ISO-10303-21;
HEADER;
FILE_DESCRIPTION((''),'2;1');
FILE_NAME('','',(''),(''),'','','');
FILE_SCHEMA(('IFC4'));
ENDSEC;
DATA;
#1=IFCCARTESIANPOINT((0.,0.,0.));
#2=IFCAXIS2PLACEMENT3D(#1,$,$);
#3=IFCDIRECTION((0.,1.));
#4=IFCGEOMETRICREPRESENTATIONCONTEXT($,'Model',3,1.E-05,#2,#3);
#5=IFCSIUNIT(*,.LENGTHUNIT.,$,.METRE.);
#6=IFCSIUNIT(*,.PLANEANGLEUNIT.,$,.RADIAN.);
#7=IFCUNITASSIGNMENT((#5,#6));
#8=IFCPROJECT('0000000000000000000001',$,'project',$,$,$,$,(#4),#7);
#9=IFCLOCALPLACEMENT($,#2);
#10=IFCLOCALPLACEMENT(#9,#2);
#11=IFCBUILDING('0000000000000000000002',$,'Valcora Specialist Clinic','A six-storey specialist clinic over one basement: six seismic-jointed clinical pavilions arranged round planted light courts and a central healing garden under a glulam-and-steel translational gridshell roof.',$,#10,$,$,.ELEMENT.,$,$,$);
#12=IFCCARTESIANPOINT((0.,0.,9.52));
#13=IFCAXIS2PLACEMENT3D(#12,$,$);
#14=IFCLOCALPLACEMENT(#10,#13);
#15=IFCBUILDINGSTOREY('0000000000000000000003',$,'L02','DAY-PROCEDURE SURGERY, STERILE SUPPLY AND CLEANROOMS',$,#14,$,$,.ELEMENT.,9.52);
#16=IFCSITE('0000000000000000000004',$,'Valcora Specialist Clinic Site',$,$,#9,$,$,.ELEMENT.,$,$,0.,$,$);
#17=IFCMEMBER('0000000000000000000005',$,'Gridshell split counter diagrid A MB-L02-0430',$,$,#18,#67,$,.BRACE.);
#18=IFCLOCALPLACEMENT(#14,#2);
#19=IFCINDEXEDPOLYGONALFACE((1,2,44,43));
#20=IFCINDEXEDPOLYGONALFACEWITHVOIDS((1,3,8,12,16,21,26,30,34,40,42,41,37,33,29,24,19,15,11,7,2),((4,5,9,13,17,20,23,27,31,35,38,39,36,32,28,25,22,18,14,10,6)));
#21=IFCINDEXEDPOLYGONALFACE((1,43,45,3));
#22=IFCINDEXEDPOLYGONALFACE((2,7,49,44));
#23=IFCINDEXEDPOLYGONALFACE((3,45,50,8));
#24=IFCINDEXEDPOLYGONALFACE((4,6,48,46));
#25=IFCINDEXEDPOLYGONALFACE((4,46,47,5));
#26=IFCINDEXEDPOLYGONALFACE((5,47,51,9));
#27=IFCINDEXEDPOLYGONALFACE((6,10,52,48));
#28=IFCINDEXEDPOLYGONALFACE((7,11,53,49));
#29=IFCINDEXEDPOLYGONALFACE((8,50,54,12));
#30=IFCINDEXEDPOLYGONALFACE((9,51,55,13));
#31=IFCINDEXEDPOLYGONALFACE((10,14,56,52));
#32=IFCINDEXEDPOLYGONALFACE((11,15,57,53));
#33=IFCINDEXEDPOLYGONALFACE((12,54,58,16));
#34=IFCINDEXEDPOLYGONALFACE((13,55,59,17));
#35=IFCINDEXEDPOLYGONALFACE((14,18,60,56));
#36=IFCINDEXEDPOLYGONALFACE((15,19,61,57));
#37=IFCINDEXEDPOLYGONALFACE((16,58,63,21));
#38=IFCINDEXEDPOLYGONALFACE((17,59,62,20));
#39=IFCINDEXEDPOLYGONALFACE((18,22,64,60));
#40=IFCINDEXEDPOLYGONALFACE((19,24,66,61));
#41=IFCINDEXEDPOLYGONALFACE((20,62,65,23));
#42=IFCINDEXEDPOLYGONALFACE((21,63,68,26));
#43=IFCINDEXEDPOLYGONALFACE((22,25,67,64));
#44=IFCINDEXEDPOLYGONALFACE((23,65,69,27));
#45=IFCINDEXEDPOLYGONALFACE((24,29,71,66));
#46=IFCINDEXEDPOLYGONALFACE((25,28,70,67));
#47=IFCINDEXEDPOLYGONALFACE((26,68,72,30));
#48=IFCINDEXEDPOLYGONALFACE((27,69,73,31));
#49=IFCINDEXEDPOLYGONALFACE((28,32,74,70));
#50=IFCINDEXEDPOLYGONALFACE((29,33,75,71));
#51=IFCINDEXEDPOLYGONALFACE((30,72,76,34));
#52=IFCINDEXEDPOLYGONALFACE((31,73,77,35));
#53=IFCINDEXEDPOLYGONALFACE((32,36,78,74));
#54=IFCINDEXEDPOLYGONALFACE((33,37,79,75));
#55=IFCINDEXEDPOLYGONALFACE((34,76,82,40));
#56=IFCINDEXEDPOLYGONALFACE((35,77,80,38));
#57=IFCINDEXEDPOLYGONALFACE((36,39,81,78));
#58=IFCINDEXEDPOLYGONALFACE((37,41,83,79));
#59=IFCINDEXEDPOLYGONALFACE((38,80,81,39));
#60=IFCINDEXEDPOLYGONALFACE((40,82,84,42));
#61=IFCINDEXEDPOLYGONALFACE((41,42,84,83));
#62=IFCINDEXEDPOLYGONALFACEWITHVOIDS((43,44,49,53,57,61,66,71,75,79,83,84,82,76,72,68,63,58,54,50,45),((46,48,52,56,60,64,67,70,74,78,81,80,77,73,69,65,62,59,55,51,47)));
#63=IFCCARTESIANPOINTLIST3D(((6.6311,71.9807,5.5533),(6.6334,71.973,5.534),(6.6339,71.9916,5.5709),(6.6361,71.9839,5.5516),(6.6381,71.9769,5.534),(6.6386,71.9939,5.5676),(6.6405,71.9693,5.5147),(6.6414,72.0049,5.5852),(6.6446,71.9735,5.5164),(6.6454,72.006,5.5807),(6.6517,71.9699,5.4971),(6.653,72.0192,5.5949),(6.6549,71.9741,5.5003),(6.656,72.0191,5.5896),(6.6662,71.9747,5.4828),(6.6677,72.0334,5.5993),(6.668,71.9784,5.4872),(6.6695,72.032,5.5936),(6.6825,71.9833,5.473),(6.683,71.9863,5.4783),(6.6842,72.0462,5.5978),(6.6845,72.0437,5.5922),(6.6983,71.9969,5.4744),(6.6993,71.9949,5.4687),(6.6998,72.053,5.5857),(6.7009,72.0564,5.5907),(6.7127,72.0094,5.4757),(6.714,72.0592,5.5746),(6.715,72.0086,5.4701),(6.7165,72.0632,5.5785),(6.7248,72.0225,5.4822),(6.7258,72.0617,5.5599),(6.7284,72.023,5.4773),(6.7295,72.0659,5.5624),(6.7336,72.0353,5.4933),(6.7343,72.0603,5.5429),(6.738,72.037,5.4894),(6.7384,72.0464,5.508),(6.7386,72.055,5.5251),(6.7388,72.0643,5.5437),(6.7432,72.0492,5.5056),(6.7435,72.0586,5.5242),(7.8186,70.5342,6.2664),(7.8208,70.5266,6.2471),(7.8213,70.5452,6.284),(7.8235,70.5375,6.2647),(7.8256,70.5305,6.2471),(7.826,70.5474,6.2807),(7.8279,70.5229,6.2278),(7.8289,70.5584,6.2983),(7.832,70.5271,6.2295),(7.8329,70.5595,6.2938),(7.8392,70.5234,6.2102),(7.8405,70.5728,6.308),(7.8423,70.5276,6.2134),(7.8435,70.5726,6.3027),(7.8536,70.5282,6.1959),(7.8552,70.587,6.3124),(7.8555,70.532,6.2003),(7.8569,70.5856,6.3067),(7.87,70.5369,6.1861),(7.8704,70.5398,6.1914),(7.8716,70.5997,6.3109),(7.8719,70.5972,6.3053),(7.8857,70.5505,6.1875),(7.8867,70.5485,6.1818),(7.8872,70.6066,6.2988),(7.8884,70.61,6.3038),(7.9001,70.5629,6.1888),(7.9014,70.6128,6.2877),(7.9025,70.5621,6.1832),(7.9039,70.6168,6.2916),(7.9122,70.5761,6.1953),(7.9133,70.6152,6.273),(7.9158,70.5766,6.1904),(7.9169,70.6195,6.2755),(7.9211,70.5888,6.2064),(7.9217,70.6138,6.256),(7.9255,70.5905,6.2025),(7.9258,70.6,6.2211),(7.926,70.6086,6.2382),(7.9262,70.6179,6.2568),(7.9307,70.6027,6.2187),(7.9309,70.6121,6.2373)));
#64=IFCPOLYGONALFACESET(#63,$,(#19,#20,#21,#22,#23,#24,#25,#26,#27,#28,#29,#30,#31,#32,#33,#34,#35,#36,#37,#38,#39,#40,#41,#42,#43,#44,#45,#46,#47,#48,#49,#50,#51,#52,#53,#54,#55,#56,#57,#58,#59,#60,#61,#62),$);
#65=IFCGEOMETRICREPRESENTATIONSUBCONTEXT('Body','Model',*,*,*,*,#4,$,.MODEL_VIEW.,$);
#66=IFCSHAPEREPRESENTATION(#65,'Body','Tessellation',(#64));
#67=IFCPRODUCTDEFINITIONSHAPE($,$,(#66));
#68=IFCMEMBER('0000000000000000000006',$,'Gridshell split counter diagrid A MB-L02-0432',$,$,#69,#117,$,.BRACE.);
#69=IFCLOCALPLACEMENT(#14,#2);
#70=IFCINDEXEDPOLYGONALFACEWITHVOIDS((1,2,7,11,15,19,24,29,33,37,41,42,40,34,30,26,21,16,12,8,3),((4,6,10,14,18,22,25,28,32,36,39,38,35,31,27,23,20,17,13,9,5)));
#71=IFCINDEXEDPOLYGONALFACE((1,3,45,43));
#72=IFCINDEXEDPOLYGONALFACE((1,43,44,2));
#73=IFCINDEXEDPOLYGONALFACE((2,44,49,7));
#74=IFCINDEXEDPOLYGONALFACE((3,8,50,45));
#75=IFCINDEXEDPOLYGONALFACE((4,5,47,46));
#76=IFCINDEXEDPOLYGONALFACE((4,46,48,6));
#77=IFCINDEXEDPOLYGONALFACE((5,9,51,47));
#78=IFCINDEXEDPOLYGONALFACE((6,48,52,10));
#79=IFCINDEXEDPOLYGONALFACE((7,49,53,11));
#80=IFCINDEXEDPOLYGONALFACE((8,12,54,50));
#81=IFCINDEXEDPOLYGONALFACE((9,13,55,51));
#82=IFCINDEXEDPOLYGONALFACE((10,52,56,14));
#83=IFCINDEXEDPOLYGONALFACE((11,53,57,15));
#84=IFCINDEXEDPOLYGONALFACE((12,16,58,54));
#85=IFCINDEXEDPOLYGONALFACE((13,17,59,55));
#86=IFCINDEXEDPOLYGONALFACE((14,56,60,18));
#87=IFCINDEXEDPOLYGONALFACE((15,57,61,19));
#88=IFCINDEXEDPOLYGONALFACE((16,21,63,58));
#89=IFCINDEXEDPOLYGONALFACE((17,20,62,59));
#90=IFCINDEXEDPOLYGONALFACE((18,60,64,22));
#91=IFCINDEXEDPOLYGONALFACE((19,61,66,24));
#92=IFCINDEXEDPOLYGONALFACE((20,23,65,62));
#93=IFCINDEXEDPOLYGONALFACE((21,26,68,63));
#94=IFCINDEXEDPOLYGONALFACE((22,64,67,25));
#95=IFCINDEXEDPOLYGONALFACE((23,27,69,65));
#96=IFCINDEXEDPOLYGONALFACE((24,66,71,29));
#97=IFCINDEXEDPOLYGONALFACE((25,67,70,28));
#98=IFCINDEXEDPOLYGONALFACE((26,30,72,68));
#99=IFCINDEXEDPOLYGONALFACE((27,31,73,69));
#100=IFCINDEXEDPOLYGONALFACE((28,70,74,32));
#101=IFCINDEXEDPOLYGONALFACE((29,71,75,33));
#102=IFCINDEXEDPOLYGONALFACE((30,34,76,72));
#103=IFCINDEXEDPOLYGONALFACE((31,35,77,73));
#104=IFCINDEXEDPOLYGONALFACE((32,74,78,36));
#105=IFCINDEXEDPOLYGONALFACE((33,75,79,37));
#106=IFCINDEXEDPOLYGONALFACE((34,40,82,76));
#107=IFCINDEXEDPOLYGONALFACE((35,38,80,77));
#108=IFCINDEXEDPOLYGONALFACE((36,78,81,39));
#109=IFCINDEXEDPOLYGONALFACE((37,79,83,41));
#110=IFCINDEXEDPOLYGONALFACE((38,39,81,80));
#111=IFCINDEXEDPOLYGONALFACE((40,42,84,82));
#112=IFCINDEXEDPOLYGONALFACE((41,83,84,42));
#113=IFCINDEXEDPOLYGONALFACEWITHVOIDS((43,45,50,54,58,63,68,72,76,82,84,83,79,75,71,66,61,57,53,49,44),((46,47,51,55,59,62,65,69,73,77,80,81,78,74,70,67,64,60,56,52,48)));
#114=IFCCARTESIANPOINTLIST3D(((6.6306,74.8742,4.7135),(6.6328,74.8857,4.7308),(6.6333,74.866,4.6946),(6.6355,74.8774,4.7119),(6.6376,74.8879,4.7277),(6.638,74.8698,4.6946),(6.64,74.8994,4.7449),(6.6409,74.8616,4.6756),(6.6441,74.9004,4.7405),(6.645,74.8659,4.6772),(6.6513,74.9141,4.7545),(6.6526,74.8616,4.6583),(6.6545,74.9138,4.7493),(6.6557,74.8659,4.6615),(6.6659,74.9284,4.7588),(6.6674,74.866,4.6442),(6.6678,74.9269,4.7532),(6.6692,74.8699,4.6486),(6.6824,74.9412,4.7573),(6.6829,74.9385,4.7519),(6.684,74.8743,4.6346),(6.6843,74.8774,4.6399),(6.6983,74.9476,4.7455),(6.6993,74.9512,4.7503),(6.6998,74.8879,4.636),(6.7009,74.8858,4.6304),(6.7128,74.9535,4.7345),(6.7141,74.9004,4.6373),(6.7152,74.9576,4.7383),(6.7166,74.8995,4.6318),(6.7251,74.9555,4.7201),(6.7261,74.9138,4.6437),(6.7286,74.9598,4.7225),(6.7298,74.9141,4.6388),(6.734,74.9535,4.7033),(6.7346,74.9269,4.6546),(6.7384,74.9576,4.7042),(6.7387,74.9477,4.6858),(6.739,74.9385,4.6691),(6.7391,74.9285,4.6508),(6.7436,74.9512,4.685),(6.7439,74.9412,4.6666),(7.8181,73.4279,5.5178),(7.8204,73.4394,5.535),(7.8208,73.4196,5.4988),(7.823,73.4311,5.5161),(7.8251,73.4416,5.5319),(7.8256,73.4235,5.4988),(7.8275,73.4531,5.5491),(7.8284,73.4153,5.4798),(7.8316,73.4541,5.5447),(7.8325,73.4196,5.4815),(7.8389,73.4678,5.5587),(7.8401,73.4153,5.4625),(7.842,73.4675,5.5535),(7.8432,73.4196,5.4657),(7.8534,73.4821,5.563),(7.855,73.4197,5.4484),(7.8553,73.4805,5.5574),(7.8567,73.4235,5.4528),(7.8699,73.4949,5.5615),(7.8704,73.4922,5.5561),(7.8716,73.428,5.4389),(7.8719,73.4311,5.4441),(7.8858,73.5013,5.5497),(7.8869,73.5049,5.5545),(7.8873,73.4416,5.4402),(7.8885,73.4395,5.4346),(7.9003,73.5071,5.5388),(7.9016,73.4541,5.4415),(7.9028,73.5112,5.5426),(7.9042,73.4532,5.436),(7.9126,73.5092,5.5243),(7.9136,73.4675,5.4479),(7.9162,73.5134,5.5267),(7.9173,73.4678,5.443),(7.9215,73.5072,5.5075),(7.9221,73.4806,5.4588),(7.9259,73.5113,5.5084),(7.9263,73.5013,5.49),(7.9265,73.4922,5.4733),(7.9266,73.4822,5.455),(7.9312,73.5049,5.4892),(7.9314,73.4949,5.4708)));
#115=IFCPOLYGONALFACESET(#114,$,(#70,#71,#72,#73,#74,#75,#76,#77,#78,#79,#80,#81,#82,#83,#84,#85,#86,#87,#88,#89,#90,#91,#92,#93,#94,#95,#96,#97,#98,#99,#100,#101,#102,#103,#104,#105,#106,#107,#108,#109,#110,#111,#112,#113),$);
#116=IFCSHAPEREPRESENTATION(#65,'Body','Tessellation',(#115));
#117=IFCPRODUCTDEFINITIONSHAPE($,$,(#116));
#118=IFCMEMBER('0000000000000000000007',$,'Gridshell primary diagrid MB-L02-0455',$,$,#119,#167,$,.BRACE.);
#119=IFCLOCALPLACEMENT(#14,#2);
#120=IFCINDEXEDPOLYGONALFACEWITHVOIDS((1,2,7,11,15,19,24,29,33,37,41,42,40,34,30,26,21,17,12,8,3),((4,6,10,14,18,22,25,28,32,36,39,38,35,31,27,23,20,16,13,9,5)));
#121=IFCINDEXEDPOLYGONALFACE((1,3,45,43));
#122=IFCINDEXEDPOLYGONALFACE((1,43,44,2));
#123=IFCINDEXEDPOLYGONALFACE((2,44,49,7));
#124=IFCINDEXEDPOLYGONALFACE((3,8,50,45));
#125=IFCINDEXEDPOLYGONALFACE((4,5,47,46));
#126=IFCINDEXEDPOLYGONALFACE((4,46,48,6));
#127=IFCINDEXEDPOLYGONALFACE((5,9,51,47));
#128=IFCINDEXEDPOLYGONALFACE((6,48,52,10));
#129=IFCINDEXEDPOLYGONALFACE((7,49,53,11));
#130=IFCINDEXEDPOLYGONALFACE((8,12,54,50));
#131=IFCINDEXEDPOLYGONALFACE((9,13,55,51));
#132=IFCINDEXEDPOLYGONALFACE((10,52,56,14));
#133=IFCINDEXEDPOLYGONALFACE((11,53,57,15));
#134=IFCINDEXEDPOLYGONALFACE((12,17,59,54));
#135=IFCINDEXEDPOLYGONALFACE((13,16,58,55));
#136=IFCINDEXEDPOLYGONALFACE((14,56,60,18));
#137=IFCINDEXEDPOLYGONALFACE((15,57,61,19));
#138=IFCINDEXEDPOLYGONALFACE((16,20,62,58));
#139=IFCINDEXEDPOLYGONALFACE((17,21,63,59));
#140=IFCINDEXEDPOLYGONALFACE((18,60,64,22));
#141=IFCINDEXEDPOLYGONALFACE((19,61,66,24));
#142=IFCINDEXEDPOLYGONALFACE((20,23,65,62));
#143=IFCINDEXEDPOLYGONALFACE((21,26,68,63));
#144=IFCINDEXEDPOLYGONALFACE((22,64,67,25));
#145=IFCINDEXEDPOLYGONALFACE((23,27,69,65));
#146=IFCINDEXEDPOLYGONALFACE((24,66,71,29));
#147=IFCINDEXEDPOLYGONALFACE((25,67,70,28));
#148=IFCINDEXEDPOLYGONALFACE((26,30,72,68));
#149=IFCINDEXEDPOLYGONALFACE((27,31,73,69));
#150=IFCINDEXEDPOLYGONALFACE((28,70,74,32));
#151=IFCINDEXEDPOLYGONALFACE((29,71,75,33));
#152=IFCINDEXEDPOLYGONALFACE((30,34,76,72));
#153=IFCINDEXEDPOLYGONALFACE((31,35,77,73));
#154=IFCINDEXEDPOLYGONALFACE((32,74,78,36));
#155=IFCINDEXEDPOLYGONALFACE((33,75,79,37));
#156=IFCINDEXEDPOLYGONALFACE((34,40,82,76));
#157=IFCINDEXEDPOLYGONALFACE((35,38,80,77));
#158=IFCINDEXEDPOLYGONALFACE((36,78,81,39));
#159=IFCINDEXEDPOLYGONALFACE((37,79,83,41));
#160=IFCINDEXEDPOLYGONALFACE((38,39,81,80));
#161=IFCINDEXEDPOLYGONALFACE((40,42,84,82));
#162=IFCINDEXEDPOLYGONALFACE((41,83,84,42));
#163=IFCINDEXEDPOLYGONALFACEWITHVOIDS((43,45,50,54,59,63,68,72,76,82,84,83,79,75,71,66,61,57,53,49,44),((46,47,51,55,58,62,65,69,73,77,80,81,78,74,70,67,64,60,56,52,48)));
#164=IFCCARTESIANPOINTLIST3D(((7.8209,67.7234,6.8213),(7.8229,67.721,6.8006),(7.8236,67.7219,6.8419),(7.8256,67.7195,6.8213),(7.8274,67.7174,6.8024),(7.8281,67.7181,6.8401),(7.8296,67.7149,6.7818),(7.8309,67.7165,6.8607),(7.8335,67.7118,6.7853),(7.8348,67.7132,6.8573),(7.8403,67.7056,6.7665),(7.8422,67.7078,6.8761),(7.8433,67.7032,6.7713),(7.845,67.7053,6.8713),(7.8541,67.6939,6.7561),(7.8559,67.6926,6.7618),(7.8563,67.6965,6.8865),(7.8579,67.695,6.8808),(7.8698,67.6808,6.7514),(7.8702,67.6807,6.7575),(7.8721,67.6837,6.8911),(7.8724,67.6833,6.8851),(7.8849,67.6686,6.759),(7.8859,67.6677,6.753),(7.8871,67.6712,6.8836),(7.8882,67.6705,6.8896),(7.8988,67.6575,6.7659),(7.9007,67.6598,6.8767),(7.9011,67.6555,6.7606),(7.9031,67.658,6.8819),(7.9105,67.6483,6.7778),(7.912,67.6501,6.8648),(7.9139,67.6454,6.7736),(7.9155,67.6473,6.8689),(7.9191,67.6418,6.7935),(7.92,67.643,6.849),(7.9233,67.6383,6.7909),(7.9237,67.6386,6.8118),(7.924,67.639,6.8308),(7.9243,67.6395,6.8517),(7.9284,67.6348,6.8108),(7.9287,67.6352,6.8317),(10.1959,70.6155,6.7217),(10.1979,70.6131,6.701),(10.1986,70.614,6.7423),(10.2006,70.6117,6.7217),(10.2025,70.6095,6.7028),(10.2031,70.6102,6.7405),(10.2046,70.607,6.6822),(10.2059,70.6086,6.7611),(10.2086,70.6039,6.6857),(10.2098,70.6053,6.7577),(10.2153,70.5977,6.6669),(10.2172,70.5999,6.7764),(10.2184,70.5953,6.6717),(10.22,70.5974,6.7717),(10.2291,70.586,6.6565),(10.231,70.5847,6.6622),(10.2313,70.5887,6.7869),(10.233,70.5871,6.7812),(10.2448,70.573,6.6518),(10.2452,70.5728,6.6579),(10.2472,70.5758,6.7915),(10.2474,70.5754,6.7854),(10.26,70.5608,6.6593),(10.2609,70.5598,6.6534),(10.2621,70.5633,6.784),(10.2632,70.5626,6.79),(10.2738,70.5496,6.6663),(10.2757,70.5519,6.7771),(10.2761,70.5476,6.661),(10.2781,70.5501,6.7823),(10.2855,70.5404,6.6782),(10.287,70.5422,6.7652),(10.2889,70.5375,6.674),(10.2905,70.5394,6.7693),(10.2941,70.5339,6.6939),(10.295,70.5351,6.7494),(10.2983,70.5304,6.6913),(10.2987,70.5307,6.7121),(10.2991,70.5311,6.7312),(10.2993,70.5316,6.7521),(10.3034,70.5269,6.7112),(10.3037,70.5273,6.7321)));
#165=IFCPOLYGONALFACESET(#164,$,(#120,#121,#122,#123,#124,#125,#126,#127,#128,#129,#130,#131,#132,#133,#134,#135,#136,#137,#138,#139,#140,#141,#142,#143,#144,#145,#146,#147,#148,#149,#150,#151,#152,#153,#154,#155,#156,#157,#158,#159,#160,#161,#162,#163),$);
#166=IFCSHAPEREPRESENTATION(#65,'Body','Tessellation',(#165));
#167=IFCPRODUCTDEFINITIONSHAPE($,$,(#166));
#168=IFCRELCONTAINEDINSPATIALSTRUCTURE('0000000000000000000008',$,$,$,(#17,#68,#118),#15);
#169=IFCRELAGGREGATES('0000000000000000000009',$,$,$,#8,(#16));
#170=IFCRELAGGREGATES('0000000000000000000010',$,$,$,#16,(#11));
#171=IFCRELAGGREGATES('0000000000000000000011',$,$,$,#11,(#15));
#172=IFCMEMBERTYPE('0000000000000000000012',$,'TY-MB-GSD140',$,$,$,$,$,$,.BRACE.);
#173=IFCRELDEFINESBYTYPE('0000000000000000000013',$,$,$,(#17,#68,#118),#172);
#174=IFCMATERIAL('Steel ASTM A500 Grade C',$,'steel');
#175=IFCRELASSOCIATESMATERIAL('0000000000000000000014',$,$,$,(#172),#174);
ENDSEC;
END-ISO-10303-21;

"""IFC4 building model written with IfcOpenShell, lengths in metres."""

from ifc_helpers import new_model, si_unit, direction, frame, origin, origin_2d, place, context, subcontext, project, spatial, hollow_circle, extrude, material, material_profile, profile_set, type_object, element, save


model = new_model("IFC4")

# Units and contexts
model_context = context("Model", 3, precision=1e-05, world=origin(), true_north=direction((0.0, 1.0)))
body_context = subcontext(model_context, "Body", "Model", "MODEL_VIEW")
ifc_project = project(units=[si_unit("LENGTHUNIT", "METRE"), si_unit("PLANEANGLEUNIT", "RADIAN")], contexts=[model_context])

# Site, building, storey
site_placement = place(None, origin())
site = spatial("IfcSite", under=ifc_project, at=site_placement, Name="Valcora Specialist Clinic Site", CompositionType="ELEMENT", RefElevation=0.0)
building_placement = place(site_placement, origin())
building = spatial("IfcBuilding", under=site, at=building_placement, Name="Valcora Specialist Clinic", Description="A six-storey specialist clinic over one basement: six seismic-jointed clinical pavilions arranged round planted light courts and a central healing garden under a glulam-and-steel translational gridshell roof.", CompositionType="ELEMENT")
storey_placement = place(building_placement, frame((0.0, 0.0, 9.52)))
storey = spatial("IfcBuildingStorey", under=building, at=storey_placement, Name="L02", Description="DAY-PROCEDURE SURGERY, STERILE SUPPLY AND CLEANROOMS", CompositionType="ELEMENT", Elevation=9.52)

# Members
ifc_material_1 = material(Name="Steel ASTM A500 Grade C", Category="steel")
ifc_material_profile_1 = material_profile(ifc_material_1, hollow_circle(Radius=0.0701, WallThickness=0.0061, at=origin_2d()), Name="ST-CHS-140X6")
ifc_profile_set_1 = profile_set([ifc_material_profile_1], Name="Steel ASTM A500 Grade C")
member_type_1 = type_object("IfcMemberType", Name="TY-MB-GSD140", PredefinedType="BRACE", material=ifc_profile_set_1)
member_1_placement = place(storey_placement, frame((7.875, 70.571, 6.2471), z_axis=(-0.592922, 0.722258, -0.35607), x_axis=(-0.772916, -0.634508, 0.0)))
element("IfcMember", 1, at=member_1_placement, inside=storey, type_object=member_type_1, Name="Gridshell split counter diagrid A MB-L02-0430", PredefinedType="BRACE", context=body_context, shape_type="SweptSolid", body=[
    extrude(hollow_circle(Radius=0.0701, WallThickness=0.0061, at=origin_2d()), origin(), (0.0, 0.0, 1.0), 2.0027),
])
member_2_placement = place(storey_placement, frame((7.875, 73.4641, 5.4988), z_axis=(-0.583016, 0.710071, -0.39483), x_axis=(-0.772863, -0.634572, 0.0)))
element("IfcMember", 2, at=member_2_placement, inside=storey, type_object=member_type_1, Name="Gridshell split counter diagrid A MB-L02-0432", PredefinedType="BRACE", context=body_context, shape_type="SweptSolid", body=[
    extrude(hollow_circle(Radius=0.0701, WallThickness=0.0061, at=origin_2d()), origin(), (0.0, 0.0, 1.0), 2.0369),
])
member_3_placement = place(storey_placement, frame((7.875, 67.679, 6.8213), z_axis=(0.634412, 0.772537, -0.026608), x_axis=(-0.772811, 0.634636, 0.0)))
element("IfcMember", 3, at=member_3_placement, inside=storey, type_object=member_type_1, Name="Gridshell primary diagrid MB-L02-0455", PredefinedType="BRACE", context=body_context, shape_type="SweptSolid", body=[
    extrude(hollow_circle(Radius=0.0701, WallThickness=0.0061, at=origin_2d()), origin(), (0.0, 0.0, 1.0), 3.7437),
])

save(model, "model.ifc")
